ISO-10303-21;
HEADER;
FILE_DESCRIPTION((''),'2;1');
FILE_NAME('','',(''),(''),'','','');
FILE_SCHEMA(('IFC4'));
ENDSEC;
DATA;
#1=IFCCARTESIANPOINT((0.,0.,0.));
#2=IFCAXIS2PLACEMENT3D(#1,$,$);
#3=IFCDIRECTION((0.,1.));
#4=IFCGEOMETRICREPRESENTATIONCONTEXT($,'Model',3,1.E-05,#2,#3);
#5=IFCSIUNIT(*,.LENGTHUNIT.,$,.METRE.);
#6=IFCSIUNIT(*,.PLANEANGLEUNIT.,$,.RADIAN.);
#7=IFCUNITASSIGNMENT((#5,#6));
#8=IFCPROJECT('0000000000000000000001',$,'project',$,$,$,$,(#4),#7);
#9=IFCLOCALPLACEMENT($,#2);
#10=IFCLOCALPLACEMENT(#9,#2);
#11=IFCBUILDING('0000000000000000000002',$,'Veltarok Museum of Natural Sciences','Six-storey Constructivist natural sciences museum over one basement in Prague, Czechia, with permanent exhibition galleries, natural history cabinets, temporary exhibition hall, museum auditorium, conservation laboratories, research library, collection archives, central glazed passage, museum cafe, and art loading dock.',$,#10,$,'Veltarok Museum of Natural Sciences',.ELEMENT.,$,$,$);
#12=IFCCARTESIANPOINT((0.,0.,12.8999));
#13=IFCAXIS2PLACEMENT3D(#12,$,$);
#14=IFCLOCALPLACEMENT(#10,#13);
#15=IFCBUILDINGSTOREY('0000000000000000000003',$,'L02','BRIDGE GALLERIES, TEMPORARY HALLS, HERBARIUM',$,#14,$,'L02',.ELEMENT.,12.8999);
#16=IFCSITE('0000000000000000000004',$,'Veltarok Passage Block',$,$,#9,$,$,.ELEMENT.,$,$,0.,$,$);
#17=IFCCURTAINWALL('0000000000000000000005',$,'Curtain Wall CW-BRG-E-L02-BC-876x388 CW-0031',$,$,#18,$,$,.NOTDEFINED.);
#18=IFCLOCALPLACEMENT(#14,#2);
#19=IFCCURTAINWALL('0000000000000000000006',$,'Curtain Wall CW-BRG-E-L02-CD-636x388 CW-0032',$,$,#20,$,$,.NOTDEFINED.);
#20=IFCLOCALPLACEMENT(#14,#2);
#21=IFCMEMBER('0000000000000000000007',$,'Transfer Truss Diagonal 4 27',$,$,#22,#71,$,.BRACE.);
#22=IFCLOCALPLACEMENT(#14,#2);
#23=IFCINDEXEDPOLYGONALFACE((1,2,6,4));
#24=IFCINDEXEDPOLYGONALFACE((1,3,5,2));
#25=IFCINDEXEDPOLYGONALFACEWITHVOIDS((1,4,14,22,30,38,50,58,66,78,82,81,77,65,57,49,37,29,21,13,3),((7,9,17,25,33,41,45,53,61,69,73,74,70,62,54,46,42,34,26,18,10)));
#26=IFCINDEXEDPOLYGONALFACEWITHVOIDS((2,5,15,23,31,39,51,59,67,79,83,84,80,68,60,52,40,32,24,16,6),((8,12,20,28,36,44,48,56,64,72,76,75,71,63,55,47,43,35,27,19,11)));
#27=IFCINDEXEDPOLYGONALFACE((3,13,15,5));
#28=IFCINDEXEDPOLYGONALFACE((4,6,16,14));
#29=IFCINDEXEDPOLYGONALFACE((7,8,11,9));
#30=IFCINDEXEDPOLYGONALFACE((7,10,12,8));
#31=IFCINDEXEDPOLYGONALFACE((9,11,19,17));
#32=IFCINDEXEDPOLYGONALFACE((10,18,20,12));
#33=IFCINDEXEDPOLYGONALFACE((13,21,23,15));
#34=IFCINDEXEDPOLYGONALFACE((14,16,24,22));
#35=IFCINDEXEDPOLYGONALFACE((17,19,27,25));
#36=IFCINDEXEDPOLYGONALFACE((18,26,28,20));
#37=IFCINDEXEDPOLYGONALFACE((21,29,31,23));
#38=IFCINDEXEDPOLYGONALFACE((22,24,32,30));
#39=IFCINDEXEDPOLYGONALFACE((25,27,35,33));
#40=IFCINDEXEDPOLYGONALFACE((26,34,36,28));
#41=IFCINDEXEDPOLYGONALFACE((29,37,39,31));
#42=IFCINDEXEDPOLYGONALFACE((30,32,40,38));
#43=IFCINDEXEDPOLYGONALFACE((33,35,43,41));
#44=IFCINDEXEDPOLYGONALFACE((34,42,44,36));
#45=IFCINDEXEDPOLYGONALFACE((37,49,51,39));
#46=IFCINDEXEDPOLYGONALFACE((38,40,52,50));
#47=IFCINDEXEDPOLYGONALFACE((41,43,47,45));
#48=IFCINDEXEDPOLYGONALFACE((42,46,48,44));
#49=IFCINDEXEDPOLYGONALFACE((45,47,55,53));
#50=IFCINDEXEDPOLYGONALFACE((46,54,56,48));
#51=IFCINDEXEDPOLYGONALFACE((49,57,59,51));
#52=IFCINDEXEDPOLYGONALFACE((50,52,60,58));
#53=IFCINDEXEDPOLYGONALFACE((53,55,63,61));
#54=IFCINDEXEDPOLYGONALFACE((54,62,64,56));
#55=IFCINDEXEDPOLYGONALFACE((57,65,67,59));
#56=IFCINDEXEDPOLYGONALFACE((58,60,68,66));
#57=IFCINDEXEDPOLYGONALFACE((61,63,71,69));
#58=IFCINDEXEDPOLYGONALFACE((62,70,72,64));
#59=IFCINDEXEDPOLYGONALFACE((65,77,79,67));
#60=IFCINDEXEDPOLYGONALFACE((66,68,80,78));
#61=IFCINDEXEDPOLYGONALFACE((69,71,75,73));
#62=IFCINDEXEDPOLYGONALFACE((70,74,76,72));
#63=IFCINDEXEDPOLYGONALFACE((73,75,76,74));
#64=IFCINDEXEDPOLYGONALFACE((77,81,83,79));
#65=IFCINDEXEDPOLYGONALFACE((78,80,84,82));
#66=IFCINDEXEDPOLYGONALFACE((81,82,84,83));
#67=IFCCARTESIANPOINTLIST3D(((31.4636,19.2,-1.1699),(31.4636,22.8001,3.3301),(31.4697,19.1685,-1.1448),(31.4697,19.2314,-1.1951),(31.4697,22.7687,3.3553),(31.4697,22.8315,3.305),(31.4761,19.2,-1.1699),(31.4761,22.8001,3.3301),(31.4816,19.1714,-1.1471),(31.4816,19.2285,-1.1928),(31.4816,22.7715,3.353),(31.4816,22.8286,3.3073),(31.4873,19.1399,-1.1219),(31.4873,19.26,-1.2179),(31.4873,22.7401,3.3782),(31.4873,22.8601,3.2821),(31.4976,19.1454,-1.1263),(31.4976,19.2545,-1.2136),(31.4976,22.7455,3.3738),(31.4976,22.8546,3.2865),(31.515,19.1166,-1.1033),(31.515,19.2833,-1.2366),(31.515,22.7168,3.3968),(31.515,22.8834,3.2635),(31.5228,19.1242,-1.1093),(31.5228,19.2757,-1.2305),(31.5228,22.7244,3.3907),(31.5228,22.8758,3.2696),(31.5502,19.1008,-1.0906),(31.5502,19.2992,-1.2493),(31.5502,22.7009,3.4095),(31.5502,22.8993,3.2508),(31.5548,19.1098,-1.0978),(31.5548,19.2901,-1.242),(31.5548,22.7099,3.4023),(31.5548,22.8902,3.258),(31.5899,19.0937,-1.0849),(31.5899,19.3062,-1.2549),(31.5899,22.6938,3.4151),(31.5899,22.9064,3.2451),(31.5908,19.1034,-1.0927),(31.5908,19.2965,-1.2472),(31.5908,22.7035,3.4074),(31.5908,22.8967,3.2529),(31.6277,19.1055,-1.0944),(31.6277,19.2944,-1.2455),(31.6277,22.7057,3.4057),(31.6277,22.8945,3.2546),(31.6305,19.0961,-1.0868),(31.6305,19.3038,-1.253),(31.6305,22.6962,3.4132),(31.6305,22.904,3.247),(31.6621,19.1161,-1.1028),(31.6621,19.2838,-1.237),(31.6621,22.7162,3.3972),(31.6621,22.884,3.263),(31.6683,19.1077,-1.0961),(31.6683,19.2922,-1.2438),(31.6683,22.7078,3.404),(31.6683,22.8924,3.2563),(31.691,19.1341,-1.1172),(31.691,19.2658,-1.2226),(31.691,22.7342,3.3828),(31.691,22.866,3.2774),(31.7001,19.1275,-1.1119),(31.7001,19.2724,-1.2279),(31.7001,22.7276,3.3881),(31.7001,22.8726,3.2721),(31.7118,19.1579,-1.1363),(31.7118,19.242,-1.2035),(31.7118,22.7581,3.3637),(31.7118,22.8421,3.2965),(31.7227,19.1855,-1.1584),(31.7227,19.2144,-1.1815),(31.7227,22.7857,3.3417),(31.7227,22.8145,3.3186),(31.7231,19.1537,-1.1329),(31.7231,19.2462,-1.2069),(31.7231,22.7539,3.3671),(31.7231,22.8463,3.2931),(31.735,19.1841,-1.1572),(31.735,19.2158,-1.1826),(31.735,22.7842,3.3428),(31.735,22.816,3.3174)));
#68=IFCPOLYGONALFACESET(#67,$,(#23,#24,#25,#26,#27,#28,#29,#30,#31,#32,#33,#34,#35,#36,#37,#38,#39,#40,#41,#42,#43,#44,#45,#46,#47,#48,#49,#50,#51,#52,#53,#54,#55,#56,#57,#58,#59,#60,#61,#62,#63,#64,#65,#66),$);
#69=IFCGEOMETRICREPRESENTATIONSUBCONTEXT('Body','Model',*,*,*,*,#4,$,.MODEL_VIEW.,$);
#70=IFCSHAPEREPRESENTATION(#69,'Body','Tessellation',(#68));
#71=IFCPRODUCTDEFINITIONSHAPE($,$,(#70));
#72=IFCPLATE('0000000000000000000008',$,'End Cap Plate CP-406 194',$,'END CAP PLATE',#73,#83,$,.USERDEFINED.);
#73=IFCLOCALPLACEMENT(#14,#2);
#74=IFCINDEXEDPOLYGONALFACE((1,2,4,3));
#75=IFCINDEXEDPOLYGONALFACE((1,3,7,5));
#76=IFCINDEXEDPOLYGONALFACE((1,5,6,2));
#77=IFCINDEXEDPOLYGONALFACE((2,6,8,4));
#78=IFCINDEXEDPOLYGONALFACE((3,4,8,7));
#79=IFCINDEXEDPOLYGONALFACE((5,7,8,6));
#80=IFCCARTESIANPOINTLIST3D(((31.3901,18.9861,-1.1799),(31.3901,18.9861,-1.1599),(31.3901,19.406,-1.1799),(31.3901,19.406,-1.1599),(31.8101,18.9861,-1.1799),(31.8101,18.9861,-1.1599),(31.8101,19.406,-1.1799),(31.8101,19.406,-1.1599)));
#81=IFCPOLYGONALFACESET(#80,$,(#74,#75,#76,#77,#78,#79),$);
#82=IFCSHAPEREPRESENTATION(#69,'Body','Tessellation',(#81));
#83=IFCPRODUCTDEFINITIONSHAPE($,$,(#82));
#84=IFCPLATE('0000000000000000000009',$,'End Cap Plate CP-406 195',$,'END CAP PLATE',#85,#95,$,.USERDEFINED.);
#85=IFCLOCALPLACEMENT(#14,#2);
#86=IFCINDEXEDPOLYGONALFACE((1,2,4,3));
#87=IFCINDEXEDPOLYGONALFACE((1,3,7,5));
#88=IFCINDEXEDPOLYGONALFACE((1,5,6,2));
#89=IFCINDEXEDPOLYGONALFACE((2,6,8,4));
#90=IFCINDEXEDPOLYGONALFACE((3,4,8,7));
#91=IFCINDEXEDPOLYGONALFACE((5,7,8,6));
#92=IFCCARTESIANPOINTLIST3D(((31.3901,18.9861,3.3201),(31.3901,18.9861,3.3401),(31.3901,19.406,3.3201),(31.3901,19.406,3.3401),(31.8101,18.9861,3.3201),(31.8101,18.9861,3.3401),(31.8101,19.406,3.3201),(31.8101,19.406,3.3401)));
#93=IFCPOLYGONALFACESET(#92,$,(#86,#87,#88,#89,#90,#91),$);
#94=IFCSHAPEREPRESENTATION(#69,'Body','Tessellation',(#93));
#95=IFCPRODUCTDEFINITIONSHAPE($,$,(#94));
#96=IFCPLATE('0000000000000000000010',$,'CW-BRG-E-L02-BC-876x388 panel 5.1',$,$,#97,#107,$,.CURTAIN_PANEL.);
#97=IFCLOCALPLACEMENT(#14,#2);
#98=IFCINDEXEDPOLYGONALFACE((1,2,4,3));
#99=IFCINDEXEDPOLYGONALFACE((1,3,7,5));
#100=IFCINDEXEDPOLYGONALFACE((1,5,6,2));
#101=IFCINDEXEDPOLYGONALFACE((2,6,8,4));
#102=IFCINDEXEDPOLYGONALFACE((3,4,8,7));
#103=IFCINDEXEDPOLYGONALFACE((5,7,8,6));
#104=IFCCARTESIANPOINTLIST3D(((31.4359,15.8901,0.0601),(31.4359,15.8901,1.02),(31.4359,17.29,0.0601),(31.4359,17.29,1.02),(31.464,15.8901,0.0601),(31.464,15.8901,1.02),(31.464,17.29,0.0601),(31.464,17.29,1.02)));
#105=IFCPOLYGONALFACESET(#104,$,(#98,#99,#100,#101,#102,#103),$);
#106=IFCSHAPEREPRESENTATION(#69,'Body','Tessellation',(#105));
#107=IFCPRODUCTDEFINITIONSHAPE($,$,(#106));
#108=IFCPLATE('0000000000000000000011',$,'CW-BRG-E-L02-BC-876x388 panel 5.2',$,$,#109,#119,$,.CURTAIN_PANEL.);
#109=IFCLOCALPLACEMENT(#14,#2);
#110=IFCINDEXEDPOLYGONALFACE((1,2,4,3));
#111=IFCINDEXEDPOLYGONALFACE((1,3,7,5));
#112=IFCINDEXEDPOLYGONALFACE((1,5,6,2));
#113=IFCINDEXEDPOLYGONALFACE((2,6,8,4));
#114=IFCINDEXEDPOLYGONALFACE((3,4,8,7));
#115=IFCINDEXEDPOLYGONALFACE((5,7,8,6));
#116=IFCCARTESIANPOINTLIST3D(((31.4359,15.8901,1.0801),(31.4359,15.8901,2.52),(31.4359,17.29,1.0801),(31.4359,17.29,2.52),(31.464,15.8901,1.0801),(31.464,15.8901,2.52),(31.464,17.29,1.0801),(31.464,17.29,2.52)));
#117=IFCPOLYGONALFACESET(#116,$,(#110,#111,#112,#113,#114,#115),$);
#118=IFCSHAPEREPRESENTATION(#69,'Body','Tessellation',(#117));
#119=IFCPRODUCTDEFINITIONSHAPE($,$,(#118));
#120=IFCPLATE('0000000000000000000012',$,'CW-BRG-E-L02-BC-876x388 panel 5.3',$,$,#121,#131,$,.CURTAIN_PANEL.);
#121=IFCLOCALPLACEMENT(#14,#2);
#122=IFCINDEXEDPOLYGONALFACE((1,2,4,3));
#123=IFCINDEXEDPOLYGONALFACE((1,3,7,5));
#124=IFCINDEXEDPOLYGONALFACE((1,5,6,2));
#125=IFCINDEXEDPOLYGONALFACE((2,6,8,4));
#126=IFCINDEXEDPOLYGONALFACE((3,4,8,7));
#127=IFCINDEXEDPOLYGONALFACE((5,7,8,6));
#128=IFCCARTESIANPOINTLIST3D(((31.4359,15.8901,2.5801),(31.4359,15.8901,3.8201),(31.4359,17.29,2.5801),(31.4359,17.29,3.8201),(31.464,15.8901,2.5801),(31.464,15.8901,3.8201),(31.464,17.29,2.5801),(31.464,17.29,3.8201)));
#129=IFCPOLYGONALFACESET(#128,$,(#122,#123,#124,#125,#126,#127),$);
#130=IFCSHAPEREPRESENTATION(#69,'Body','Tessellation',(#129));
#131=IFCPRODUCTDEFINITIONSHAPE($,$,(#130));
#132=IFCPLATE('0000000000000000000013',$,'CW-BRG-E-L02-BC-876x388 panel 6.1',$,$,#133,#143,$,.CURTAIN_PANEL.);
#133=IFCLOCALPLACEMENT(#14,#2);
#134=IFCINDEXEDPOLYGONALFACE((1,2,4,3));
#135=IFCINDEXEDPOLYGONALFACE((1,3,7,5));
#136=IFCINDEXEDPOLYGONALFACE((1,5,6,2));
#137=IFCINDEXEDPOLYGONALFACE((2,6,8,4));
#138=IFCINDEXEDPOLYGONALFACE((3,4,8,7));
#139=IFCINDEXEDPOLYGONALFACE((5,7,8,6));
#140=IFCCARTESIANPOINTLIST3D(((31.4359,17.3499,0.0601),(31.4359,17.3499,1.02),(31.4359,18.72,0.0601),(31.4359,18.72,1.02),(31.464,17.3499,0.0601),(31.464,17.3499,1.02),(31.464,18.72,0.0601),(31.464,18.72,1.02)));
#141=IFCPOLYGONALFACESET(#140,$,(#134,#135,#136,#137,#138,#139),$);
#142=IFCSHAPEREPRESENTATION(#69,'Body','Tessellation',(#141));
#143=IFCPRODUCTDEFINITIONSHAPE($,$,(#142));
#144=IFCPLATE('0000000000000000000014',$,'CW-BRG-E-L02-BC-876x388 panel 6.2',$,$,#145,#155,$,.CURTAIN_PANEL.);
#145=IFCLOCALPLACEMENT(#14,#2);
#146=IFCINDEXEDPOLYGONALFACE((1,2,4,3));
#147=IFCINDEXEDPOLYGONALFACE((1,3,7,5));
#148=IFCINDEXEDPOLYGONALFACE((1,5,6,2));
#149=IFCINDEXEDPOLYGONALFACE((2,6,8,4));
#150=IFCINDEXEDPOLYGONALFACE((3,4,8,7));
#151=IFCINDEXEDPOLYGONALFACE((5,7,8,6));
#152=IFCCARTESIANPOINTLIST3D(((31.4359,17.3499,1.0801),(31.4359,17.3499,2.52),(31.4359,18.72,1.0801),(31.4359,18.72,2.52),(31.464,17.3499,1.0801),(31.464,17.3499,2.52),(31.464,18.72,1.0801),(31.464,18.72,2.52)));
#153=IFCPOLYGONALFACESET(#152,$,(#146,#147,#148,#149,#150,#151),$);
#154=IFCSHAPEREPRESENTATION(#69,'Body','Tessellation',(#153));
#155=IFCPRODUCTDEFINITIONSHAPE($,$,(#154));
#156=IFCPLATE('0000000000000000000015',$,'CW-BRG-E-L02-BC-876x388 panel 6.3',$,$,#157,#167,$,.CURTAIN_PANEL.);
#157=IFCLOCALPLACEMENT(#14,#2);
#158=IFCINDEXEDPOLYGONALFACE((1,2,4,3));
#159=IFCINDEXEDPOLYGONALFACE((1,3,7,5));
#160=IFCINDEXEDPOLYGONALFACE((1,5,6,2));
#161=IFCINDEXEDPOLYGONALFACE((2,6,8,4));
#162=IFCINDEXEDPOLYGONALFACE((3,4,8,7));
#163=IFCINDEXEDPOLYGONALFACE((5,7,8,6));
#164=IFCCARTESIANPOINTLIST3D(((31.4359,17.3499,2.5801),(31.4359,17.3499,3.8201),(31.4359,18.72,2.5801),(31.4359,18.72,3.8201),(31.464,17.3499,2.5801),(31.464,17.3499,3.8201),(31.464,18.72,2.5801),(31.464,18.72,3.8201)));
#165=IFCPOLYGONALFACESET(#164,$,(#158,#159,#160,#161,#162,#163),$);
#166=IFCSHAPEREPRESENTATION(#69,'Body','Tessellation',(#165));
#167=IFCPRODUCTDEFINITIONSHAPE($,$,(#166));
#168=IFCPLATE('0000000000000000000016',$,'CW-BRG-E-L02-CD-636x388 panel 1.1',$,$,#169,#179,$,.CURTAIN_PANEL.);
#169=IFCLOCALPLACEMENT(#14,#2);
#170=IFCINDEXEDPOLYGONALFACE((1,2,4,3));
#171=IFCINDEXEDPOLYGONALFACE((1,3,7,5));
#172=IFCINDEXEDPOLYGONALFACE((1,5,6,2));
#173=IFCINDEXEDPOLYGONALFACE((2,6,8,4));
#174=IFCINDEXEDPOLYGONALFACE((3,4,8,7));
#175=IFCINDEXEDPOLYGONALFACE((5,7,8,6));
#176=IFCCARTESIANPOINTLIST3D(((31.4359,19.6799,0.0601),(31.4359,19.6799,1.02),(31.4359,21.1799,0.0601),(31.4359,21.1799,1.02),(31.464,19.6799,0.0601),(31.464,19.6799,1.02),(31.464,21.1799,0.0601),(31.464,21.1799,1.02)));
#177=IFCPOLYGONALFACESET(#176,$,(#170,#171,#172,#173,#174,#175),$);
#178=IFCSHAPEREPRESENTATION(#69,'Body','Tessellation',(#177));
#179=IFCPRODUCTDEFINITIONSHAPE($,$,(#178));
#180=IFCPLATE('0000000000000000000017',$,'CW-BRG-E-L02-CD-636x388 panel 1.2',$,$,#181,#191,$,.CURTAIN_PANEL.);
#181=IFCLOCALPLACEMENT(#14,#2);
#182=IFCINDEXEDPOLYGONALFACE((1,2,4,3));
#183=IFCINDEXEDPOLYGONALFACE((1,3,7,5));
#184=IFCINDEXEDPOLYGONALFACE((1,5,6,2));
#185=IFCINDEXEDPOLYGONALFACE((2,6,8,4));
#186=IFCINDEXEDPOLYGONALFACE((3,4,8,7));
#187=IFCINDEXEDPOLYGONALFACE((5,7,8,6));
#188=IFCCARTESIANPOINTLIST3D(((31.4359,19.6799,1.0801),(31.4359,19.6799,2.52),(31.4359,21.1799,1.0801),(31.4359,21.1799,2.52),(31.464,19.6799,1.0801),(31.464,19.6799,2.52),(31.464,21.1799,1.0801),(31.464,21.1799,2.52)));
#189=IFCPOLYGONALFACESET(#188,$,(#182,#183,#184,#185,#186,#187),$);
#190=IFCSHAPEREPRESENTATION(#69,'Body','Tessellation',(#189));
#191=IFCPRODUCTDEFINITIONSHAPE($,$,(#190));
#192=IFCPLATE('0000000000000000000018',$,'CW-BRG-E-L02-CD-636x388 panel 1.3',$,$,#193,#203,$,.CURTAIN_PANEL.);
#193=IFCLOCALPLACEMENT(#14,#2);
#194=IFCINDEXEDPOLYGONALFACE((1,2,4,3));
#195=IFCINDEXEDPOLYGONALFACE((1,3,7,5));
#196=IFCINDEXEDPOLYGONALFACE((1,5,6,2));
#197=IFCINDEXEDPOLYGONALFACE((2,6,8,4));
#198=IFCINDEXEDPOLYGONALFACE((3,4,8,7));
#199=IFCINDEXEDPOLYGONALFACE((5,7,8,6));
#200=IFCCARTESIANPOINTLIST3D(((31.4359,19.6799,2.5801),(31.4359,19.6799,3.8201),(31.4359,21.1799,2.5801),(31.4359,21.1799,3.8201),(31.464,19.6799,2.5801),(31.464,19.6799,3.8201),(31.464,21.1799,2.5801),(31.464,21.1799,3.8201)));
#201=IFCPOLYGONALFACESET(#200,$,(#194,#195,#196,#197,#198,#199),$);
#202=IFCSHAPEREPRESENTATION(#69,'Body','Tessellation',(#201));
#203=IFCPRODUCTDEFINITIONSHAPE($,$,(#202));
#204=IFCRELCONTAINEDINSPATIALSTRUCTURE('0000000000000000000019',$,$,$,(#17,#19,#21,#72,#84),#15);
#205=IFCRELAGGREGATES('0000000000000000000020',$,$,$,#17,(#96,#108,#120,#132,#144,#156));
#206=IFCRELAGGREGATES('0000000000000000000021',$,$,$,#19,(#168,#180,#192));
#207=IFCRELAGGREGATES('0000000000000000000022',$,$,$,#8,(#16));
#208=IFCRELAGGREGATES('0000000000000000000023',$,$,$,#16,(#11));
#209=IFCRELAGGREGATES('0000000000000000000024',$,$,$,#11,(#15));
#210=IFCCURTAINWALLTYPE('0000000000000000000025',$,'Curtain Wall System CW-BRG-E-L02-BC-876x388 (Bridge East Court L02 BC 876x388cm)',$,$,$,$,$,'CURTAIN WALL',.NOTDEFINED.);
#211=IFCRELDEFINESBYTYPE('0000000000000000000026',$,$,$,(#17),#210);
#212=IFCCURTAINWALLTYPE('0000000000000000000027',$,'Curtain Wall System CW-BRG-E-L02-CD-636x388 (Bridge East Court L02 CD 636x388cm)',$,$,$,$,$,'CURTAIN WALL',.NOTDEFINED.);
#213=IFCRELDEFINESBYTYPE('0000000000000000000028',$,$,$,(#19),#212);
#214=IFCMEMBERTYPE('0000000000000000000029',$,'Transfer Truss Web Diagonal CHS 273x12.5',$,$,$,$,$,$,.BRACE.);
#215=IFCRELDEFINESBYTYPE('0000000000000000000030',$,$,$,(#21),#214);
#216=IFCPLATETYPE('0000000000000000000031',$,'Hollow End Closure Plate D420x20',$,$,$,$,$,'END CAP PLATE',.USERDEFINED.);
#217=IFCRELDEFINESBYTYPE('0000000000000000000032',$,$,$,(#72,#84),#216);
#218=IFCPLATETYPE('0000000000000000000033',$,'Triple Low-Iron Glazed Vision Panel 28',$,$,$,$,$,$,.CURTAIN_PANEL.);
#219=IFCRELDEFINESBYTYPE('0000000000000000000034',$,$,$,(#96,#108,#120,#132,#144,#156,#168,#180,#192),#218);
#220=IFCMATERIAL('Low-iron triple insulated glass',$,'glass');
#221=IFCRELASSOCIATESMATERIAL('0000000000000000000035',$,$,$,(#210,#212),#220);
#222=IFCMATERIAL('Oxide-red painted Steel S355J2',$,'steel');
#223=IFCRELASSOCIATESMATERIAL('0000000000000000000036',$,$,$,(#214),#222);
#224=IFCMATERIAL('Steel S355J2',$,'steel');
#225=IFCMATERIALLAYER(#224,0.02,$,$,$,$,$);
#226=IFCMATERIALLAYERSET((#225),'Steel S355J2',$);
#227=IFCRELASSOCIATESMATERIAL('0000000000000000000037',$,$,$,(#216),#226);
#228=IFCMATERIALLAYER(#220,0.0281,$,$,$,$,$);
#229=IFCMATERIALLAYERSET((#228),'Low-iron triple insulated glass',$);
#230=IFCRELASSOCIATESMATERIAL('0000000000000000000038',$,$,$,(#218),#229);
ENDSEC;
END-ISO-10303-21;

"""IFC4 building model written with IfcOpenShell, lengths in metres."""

from ifc_helpers import new_model, si_unit, direction, frame, origin, origin_2d, place, context, subcontext, project, spatial, rectangle, hollow_circle, extrude, material, layer, layer_set, material_profile, profile_set, type_object, element, aggregate, save


model = new_model("IFC4")

# Units and contexts
model_context = context("Model", 3, precision=1e-05, world=origin(), true_north=direction((0.0, 1.0)))
body_context = subcontext(model_context, "Body", "Model", "MODEL_VIEW")
ifc_project = project(units=[si_unit("LENGTHUNIT", "METRE"), si_unit("PLANEANGLEUNIT", "RADIAN")], contexts=[model_context])

# Site, building, storey
site_placement = place(None, origin())
site = spatial("IfcSite", under=ifc_project, at=site_placement, Name="Veltarok Passage Block", CompositionType="ELEMENT", RefElevation=0.0)
building_placement = place(site_placement, origin())
building = spatial("IfcBuilding", under=site, at=building_placement, Name="Veltarok Museum of Natural Sciences", Description="Six-storey Constructivist natural sciences museum over one basement in Prague, Czechia, with permanent exhibition galleries, natural history cabinets, temporary exhibition hall, museum auditorium, conservation laboratories, research library, collection archives, central glazed passage, museum cafe, and art loading dock.", LongName="Veltarok Museum of Natural Sciences", CompositionType="ELEMENT")
storey_placement = place(building_placement, frame((0.0, 0.0, 12.8999)))
storey = spatial("IfcBuildingStorey", under=building, at=storey_placement, Name="L02", Description="BRIDGE GALLERIES, TEMPORARY HALLS, HERBARIUM", LongName="L02", CompositionType="ELEMENT", Elevation=12.8999)

# Curtain walls
ifc_material_1 = material(Name="Low-iron triple insulated glass", Category="glass")
curtain_wall_type_1 = type_object("IfcCurtainWallType", Name="Curtain Wall System CW-BRG-E-L02-BC-876x388 (Bridge East Court L02 BC 876x388cm)", ElementType="CURTAIN WALL", PredefinedType="NOTDEFINED", material=ifc_material_1)
curtain_wall_1_placement = place(storey_placement, origin())
curtain_wall_1 = element("IfcCurtainWall", 1, at=curtain_wall_1_placement, inside=storey, type_object=curtain_wall_type_1, Name="Curtain Wall CW-BRG-E-L02-BC-876x388 CW-0031", PredefinedType="NOTDEFINED")
curtain_wall_type_2 = type_object("IfcCurtainWallType", Name="Curtain Wall System CW-BRG-E-L02-CD-636x388 (Bridge East Court L02 CD 636x388cm)", ElementType="CURTAIN WALL", PredefinedType="NOTDEFINED", material=ifc_material_1)
curtain_wall_2_placement = place(storey_placement, origin())
curtain_wall_2 = element("IfcCurtainWall", 2, at=curtain_wall_2_placement, inside=storey, type_object=curtain_wall_type_2, Name="Curtain Wall CW-BRG-E-L02-CD-636x388 CW-0032", PredefinedType="NOTDEFINED")

# Shared definitions
ifc_material_2 = material(Name="Steel S355J2", Category="steel")

# Member
ifc_material_3 = material(Name="Oxide-red painted Steel S355J2", Category="steel")
ifc_material_profile_1 = material_profile(ifc_material_3, hollow_circle(Radius=0.1365, WallThickness=0.0125, at=origin_2d()), Name="CHS 273x12.5")
ifc_profile_set_1 = profile_set([ifc_material_profile_1], Name="Oxide-red painted Steel S355J2")
member_type_1 = type_object("IfcMemberType", Name="Transfer Truss Web Diagonal CHS 273x12.5", PredefinedType="BRACE", material=ifc_profile_set_1)
member_1_placement = place(storey_placement, frame((31.6001, 19.2, -1.1699), z_axis=(0.0, 0.624705, 0.780861), x_axis=(-1.0, 0.0, 0.0)))
element("IfcMember", 3, at=member_1_placement, inside=storey, type_object=member_type_1, Name="Transfer Truss Diagonal 4 27", PredefinedType="BRACE", context=body_context, shape_type="SweptSolid", body=[
    extrude(hollow_circle(Radius=0.1365, WallThickness=0.0125, at=origin_2d()), origin(), (0.0, 0.0, 1.0), 5.7629),
])

# Plates
ifc_layer_1 = layer(ifc_material_2, 0.02)
ifc_layer_set_1 = layer_set([ifc_layer_1], Name="Steel S355J2")
plate_type_1 = type_object("IfcPlateType", Name="Hollow End Closure Plate D420x20", ElementType="END CAP PLATE", PredefinedType="USERDEFINED", material=ifc_layer_set_1)
for number, where, z_axis, x_axis, name in (
    (4, (31.6001, 19.196, -1.1799), (0.0, 0.0, 1.0), (0.0, 1.0, 0.0), "End Cap Plate CP-406 194"),
    (5, (31.6001, 19.196, 3.3201), (0.0, 0.0, 1.0), (0.0, 1.0, 0.0), "End Cap Plate CP-406 195"),
):
    element("IfcPlate", number, at=place(storey_placement, frame(where, z_axis=z_axis, x_axis=x_axis)), inside=storey, type_object=plate_type_1, Name=name, ObjectType="END CAP PLATE", PredefinedType="USERDEFINED", context=body_context, shape_type="SweptSolid", body=[
        extrude(rectangle(XDim=0.4199, YDim=0.4199, at=origin_2d()), origin(), (0.0, 0.0, 1.0), 0.02),
    ])

# Plates
ifc_layer_2 = layer(ifc_material_1, 0.0281)
ifc_layer_set_2 = layer_set([ifc_layer_2], Name="Low-iron triple insulated glass")
plate_type_2 = type_object("IfcPlateType", Name="Triple Low-Iron Glazed Vision Panel 28", PredefinedType="CURTAIN_PANEL", material=ifc_layer_set_2)
plate_1_placement = place(storey_placement, frame((31.45, 16.5901, 0.0601), z_axis=(0.0, 0.0, 1.0), x_axis=(0.0, 1.0, 0.0)))
plate_1 = element("IfcPlate", 6, at=plate_1_placement, type_object=plate_type_2, Name="CW-BRG-E-L02-BC-876x388 panel 5.1", PredefinedType="CURTAIN_PANEL", context=body_context, shape_type="SweptSolid", body=[
    extrude(rectangle(XDim=1.3999, YDim=0.0281, at=origin_2d()), origin(), (0.0, 0.0, 1.0), 0.96),
])
plate_2_placement = place(storey_placement, frame((31.45, 16.5901, 1.0801), z_axis=(0.0, 0.0, 1.0), x_axis=(0.0, 1.0, 0.0)))
plate_2 = element("IfcPlate", 7, at=plate_2_placement, type_object=plate_type_2, Name="CW-BRG-E-L02-BC-876x388 panel 5.2", PredefinedType="CURTAIN_PANEL", context=body_context, shape_type="SweptSolid", body=[
    extrude(rectangle(XDim=1.3999, YDim=0.0281, at=origin_2d()), origin(), (0.0, 0.0, 1.0), 1.4399),
])
plate_3_placement = place(storey_placement, frame((31.45, 16.5901, 2.5801), z_axis=(0.0, 0.0, 1.0), x_axis=(0.0, 1.0, 0.0)))
plate_3 = element("IfcPlate", 8, at=plate_3_placement, type_object=plate_type_2, Name="CW-BRG-E-L02-BC-876x388 panel 5.3", PredefinedType="CURTAIN_PANEL", context=body_context, shape_type="SweptSolid", body=[
    extrude(rectangle(XDim=1.3999, YDim=0.0281, at=origin_2d()), origin(), (0.0, 0.0, 1.0), 1.24),
])
plate_4_placement = place(storey_placement, frame((31.45, 18.0349, 0.0601), z_axis=(0.0, 0.0, 1.0), x_axis=(0.0, 1.0, 0.0)))
plate_4 = element("IfcPlate", 9, at=plate_4_placement, type_object=plate_type_2, Name="CW-BRG-E-L02-BC-876x388 panel 6.1", PredefinedType="CURTAIN_PANEL", context=body_context, shape_type="SweptSolid", body=[
    extrude(rectangle(XDim=1.3701, YDim=0.0281, at=origin_2d()), origin(), (0.0, 0.0, 1.0), 0.96),
])
plate_5_placement = place(storey_placement, frame((31.45, 18.0349, 1.0801), z_axis=(0.0, 0.0, 1.0), x_axis=(0.0, 1.0, 0.0)))
plate_5 = element("IfcPlate", 10, at=plate_5_placement, type_object=plate_type_2, Name="CW-BRG-E-L02-BC-876x388 panel 6.2", PredefinedType="CURTAIN_PANEL", context=body_context, shape_type="SweptSolid", body=[
    extrude(rectangle(XDim=1.3701, YDim=0.0281, at=origin_2d()), origin(), (0.0, 0.0, 1.0), 1.4399),
])
plate_6_placement = place(storey_placement, frame((31.45, 18.0349, 2.5801), z_axis=(0.0, 0.0, 1.0), x_axis=(0.0, 1.0, 0.0)))
plate_6 = element("IfcPlate", 11, at=plate_6_placement, type_object=plate_type_2, Name="CW-BRG-E-L02-BC-876x388 panel 6.3", PredefinedType="CURTAIN_PANEL", context=body_context, shape_type="SweptSolid", body=[
    extrude(rectangle(XDim=1.3701, YDim=0.0281, at=origin_2d()), origin(), (0.0, 0.0, 1.0), 1.24),
])
aggregate(curtain_wall_1, [plate_1, plate_2, plate_3, plate_4, plate_5, plate_6])
plate_7_placement = place(storey_placement, frame((31.45, 20.4299, 0.0601), z_axis=(0.0, 0.0, 1.0), x_axis=(0.0, 1.0, 0.0)))
plate_7 = element("IfcPlate", 12, at=plate_7_placement, type_object=plate_type_2, Name="CW-BRG-E-L02-CD-636x388 panel 1.1", PredefinedType="CURTAIN_PANEL", context=body_context, shape_type="SweptSolid", body=[
    extrude(rectangle(XDim=1.5, YDim=0.0281, at=origin_2d()), origin(), (0.0, 0.0, 1.0), 0.96),
])
plate_8_placement = place(storey_placement, frame((31.45, 20.4299, 1.0801), z_axis=(0.0, 0.0, 1.0), x_axis=(0.0, 1.0, 0.0)))
plate_8 = element("IfcPlate", 13, at=plate_8_placement, type_object=plate_type_2, Name="CW-BRG-E-L02-CD-636x388 panel 1.2", PredefinedType="CURTAIN_PANEL", context=body_context, shape_type="SweptSolid", body=[
    extrude(rectangle(XDim=1.5, YDim=0.0281, at=origin_2d()), origin(), (0.0, 0.0, 1.0), 1.4399),
])
plate_9_placement = place(storey_placement, frame((31.45, 20.4299, 2.5801), z_axis=(0.0, 0.0, 1.0), x_axis=(0.0, 1.0, 0.0)))
plate_9 = element("IfcPlate", 14, at=plate_9_placement, type_object=plate_type_2, Name="CW-BRG-E-L02-CD-636x388 panel 1.3", PredefinedType="CURTAIN_PANEL", context=body_context, shape_type="SweptSolid", body=[
    extrude(rectangle(XDim=1.5, YDim=0.0281, at=origin_2d()), origin(), (0.0, 0.0, 1.0), 1.24),
])
aggregate(curtain_wall_2, [plate_7, plate_8, plate_9])

save(model, "model.ifc")
